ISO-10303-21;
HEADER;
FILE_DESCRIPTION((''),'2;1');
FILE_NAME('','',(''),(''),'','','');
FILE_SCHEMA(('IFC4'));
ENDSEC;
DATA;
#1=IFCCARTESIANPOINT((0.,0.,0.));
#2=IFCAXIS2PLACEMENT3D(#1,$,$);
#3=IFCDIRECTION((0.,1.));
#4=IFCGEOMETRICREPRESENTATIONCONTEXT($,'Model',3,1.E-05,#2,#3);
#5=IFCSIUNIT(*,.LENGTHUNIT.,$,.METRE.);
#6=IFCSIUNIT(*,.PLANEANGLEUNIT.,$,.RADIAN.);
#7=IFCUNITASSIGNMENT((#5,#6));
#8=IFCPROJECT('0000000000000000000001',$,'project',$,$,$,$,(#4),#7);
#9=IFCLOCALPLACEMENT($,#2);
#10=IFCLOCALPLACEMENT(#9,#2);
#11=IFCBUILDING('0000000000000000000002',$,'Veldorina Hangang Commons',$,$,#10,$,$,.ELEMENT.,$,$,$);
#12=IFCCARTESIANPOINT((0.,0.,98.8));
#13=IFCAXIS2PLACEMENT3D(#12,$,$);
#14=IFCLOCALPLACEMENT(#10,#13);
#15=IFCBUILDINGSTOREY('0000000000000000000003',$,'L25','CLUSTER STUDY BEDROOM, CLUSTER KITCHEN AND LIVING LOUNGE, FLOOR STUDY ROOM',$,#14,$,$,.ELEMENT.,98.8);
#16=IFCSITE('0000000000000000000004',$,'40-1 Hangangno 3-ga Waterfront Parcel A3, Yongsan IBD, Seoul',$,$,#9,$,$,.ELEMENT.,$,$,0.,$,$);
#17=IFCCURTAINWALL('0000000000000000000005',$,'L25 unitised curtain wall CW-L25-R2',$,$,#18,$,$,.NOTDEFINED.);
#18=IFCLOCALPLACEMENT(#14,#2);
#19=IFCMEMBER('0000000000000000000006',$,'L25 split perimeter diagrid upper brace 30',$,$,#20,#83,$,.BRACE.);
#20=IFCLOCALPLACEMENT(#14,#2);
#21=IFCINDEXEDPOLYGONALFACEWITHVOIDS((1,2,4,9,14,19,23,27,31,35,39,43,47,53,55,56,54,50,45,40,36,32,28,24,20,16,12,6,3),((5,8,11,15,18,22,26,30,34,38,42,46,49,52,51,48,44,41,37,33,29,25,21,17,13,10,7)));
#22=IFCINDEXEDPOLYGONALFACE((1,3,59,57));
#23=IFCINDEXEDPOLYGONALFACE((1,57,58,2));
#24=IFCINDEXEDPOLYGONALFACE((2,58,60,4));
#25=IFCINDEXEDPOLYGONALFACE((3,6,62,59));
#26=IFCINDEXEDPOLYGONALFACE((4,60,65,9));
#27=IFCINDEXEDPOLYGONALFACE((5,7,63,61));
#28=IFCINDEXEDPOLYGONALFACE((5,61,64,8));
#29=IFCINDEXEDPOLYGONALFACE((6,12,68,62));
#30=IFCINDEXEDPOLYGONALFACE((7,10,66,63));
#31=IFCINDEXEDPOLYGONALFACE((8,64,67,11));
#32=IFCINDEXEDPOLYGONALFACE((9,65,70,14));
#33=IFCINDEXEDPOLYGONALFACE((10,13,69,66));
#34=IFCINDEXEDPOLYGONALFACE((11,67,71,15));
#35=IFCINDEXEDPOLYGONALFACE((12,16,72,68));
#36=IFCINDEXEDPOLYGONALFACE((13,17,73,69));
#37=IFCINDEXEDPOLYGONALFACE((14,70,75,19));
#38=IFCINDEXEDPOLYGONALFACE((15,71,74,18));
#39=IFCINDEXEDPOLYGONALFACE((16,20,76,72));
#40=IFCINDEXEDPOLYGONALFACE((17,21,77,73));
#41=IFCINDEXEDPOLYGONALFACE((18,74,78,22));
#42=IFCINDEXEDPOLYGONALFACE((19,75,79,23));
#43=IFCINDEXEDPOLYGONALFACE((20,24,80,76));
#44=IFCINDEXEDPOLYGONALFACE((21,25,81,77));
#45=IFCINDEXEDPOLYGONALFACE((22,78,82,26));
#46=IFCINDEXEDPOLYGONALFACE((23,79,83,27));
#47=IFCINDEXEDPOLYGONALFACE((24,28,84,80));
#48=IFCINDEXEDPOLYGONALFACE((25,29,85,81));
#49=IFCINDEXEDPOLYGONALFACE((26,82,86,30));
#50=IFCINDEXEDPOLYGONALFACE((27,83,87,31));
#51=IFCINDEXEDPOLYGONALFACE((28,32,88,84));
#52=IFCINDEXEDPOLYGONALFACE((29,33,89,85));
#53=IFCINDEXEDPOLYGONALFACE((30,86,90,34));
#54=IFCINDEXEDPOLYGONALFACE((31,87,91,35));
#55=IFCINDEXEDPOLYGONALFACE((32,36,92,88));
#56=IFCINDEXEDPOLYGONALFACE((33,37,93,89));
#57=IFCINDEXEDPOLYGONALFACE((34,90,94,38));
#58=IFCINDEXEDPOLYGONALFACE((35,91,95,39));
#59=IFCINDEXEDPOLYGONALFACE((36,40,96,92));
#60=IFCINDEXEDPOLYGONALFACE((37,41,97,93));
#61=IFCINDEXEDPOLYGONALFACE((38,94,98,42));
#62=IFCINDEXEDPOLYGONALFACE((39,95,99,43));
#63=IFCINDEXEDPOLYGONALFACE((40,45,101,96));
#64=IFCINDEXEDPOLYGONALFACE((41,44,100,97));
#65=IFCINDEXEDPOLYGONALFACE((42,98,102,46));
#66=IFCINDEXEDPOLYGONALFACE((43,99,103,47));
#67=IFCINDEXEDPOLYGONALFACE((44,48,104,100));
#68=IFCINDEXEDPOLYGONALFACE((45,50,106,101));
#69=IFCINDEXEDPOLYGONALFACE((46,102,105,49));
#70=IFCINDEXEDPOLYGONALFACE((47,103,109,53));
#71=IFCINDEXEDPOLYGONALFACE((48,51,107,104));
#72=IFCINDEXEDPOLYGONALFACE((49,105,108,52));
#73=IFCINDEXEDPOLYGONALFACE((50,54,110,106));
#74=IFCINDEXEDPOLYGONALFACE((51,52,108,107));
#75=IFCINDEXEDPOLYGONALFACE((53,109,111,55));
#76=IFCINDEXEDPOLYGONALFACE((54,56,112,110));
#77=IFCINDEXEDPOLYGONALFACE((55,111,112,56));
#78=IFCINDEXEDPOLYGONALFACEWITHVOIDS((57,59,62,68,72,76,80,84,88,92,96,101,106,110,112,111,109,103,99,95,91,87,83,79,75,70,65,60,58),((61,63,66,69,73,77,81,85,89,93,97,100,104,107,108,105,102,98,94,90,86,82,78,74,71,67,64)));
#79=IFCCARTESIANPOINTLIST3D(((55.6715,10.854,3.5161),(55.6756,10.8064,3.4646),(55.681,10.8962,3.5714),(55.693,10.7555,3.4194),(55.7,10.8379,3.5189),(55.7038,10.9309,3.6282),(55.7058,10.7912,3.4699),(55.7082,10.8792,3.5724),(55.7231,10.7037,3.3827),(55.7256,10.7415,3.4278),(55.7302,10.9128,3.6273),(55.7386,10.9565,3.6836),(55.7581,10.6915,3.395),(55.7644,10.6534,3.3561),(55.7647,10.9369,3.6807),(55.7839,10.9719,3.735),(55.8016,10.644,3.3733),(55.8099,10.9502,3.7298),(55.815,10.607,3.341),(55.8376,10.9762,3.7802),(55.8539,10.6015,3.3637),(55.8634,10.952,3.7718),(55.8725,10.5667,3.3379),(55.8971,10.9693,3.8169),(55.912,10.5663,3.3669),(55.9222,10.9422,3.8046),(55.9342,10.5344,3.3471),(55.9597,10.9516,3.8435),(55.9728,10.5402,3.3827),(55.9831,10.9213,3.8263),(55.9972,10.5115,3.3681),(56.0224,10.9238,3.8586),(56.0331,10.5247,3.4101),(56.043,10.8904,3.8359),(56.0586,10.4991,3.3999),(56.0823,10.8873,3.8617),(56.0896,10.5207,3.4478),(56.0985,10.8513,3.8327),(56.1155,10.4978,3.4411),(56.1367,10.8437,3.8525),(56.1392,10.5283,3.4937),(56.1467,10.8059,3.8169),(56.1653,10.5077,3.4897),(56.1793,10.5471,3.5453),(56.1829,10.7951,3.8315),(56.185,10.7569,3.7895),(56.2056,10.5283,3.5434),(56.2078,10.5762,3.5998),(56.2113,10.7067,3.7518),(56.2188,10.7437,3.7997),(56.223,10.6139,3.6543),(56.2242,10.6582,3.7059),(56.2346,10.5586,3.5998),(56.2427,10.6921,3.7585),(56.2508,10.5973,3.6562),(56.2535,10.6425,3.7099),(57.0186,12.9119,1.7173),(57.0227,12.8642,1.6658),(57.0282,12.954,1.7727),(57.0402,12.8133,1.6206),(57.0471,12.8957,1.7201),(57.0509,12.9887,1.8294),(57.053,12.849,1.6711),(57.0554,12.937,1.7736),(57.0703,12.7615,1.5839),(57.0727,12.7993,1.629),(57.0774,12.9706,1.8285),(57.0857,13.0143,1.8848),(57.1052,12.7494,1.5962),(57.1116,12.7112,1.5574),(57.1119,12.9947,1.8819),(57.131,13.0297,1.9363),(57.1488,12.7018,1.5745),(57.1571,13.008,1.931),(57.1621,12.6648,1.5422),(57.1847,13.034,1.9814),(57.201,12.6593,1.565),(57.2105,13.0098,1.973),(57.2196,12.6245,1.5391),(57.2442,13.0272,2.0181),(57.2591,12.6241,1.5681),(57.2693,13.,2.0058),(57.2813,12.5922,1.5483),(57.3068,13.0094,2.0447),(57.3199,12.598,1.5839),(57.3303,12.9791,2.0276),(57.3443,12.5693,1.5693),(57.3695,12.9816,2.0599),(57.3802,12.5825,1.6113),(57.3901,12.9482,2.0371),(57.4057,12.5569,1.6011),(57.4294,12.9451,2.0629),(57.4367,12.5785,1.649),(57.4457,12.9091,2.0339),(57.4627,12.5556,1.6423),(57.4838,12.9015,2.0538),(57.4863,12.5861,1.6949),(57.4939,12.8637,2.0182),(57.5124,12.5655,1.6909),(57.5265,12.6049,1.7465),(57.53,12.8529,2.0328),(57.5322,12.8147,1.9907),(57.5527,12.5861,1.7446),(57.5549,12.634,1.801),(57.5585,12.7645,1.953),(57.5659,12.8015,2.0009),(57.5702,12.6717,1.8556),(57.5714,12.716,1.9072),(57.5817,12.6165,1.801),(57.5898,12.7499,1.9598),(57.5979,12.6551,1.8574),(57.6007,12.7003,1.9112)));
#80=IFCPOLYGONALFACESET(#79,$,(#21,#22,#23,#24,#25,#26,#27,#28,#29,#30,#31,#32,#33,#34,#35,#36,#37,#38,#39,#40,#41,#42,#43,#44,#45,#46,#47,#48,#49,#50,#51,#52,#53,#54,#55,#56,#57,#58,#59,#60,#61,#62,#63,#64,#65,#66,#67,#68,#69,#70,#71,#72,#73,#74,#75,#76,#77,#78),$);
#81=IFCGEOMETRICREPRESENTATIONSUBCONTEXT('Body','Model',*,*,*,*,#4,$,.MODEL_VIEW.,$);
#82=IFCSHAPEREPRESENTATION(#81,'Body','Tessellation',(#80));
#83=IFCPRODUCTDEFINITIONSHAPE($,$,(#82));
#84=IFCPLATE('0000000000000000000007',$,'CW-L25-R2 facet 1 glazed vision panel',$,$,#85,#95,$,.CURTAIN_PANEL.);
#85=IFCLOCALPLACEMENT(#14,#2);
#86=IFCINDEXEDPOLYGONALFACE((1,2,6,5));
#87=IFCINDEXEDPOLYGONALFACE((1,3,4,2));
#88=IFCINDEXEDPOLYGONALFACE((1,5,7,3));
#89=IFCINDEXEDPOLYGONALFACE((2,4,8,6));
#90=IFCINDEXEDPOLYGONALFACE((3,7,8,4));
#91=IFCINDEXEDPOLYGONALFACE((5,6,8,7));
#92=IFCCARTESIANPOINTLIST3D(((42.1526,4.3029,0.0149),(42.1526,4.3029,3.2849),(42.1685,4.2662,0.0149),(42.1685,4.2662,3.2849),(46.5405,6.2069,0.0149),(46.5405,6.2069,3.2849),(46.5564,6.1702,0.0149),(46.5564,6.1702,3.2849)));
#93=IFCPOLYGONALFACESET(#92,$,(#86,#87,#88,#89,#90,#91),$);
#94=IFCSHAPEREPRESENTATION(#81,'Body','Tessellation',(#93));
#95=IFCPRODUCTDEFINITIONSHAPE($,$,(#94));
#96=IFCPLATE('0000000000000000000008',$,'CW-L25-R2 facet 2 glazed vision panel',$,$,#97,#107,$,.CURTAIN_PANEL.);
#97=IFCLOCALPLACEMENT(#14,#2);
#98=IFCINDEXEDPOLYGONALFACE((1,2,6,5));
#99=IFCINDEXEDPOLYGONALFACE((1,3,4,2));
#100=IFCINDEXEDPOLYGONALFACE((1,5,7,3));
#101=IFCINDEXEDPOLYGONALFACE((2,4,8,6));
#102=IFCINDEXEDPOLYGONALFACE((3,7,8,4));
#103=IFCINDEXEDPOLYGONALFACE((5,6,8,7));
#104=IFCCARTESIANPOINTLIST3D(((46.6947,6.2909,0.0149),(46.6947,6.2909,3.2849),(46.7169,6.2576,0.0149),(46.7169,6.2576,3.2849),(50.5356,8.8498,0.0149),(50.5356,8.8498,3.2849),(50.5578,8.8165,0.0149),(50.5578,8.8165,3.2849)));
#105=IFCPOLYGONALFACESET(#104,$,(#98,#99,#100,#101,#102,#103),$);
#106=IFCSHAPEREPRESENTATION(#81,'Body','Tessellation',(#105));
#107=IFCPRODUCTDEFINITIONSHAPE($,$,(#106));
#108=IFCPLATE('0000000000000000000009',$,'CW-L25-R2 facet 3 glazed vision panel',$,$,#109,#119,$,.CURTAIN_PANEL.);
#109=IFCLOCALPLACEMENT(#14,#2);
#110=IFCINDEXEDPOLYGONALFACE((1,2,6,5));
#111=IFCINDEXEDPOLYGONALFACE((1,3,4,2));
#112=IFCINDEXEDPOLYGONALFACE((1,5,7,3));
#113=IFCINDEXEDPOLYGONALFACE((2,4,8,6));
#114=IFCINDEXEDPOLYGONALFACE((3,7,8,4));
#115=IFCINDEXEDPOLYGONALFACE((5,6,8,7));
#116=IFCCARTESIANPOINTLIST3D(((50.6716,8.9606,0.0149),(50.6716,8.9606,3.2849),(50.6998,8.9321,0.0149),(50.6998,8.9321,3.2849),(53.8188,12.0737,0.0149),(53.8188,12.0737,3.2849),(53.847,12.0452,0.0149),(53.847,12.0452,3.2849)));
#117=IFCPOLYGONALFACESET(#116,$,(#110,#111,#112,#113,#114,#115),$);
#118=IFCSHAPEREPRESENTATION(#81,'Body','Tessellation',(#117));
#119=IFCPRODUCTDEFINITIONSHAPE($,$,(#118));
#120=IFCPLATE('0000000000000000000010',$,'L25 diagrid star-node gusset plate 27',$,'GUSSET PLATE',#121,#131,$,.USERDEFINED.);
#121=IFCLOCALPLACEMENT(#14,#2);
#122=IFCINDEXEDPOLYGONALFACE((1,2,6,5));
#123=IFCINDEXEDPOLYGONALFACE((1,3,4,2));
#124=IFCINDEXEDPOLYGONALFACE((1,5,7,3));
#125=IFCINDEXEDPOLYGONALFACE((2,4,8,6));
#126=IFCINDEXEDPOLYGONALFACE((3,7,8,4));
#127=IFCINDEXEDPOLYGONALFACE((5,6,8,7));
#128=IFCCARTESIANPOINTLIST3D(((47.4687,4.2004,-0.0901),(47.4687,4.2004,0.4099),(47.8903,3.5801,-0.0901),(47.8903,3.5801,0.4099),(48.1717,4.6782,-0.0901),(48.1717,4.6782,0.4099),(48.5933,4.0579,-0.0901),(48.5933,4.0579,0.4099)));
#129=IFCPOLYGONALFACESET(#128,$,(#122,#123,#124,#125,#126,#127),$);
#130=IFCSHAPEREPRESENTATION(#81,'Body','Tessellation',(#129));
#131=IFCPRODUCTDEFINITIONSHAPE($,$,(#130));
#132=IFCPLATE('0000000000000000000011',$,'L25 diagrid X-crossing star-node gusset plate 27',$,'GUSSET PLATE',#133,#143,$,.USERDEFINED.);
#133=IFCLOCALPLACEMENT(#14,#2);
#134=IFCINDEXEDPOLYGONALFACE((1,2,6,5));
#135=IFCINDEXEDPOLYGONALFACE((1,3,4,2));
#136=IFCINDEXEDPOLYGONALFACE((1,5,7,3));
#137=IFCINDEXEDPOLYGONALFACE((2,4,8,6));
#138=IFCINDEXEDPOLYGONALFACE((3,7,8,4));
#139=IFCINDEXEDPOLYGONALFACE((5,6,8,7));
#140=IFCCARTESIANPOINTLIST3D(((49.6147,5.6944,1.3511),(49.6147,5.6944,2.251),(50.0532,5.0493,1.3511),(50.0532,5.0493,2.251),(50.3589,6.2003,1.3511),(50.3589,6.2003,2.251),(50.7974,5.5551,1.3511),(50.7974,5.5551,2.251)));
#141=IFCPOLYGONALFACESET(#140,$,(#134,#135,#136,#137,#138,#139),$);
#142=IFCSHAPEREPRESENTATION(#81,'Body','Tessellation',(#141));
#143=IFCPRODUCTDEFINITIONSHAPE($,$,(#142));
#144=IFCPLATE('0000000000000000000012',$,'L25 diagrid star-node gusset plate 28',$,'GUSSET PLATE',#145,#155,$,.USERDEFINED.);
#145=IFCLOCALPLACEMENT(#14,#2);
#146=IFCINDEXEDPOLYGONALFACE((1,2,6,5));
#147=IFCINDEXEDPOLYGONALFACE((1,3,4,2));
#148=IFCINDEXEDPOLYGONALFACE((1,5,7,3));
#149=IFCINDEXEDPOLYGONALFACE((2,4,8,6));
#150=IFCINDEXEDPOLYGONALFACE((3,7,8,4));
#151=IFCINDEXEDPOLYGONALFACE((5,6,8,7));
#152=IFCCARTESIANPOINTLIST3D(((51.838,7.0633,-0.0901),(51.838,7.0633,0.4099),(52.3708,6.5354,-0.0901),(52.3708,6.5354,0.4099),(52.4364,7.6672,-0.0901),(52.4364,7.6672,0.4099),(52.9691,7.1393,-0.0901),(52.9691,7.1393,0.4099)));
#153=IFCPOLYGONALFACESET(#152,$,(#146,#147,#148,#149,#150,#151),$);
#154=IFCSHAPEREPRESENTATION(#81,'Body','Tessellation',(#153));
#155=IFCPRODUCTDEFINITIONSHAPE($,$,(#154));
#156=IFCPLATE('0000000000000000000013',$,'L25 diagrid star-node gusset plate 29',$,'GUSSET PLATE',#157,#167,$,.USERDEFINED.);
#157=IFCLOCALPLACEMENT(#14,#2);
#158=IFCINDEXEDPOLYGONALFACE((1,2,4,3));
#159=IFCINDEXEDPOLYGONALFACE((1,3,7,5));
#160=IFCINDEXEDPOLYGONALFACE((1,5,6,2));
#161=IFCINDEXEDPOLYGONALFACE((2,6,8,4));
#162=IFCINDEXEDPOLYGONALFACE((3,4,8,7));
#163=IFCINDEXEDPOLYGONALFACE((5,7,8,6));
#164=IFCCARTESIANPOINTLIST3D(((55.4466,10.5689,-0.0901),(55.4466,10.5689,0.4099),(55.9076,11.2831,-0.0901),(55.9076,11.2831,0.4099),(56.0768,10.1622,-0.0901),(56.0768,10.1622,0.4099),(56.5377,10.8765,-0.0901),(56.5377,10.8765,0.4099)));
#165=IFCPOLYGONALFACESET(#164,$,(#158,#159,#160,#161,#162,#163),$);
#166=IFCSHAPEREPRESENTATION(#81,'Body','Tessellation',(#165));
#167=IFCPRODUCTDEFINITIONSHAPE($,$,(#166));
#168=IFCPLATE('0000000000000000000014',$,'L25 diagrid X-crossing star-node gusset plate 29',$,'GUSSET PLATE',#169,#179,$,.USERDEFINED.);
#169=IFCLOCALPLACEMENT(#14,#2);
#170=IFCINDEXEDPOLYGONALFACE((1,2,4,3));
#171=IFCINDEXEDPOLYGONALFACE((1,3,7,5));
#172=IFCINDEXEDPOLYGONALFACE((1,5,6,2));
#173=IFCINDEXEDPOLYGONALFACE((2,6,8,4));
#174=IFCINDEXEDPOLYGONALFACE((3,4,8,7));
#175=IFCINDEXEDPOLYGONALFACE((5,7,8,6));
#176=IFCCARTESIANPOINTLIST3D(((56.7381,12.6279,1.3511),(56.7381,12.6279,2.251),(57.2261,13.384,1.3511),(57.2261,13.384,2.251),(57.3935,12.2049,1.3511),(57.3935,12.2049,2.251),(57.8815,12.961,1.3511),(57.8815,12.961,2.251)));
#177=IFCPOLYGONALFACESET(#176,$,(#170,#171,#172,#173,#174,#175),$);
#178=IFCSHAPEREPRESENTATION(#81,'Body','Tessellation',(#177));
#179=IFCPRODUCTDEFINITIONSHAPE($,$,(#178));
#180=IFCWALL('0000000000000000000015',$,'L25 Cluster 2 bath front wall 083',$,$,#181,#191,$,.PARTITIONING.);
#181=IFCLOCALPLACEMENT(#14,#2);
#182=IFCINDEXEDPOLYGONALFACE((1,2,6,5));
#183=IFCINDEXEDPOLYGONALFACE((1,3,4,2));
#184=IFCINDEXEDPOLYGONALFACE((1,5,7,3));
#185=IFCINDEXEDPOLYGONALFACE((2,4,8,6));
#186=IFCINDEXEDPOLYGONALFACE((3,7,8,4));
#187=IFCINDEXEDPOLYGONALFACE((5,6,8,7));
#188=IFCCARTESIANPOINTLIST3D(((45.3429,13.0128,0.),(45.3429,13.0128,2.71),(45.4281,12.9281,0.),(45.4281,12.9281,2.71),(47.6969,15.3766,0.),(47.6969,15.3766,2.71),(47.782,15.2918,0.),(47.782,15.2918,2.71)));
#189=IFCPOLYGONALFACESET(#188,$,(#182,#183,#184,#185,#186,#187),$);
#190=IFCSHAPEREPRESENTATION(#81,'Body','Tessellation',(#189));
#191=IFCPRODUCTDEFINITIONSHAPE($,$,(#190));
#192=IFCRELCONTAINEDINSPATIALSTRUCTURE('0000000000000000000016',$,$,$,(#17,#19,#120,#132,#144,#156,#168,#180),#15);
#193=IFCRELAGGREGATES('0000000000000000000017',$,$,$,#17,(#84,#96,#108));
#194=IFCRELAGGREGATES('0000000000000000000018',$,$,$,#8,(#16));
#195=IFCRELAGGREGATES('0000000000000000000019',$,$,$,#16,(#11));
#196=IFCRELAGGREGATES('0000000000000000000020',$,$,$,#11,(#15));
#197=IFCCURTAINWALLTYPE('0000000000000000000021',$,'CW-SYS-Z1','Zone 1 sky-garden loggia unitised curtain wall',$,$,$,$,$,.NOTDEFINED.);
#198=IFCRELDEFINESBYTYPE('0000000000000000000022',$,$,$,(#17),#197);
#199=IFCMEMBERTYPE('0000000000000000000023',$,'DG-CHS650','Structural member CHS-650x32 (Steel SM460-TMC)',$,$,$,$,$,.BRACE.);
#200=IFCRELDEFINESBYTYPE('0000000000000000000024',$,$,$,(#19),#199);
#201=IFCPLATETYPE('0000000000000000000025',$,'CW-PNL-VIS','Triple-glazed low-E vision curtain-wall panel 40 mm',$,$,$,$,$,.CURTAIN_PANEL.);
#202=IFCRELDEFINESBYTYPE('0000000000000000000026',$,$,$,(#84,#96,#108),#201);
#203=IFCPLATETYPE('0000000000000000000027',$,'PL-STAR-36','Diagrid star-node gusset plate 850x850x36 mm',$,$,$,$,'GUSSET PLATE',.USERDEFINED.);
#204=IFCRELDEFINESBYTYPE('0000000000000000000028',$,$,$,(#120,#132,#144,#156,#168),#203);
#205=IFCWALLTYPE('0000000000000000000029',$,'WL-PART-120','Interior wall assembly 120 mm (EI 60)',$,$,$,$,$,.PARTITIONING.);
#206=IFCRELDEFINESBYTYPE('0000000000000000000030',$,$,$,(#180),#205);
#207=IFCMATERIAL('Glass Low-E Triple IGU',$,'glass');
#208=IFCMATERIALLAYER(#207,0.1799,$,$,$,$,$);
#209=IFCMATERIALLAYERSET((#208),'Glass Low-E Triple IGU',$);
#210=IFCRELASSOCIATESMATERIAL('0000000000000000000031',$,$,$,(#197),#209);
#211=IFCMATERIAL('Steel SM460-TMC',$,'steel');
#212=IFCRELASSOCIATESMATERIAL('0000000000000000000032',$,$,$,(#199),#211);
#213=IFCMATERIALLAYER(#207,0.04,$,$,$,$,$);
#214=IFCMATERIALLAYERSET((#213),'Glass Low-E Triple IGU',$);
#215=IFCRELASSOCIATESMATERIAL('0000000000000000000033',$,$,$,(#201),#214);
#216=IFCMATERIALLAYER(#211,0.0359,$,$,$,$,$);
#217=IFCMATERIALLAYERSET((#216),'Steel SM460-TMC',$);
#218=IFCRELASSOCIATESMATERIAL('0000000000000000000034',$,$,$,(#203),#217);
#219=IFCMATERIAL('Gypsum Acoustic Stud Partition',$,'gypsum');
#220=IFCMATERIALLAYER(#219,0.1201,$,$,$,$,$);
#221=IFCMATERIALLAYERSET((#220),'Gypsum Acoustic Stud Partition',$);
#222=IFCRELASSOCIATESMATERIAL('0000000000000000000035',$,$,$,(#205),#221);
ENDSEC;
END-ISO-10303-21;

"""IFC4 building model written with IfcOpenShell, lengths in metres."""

from ifc_helpers import new_model, si_unit, direction, frame, frame_2d, origin, origin_2d, place, context, subcontext, project, spatial, rectangle, hollow_circle, extrude, material, layer, layer_set, material_profile, profile_set, type_object, element, aggregate, save


model = new_model("IFC4")

# Units and contexts
model_context = context("Model", 3, precision=1e-05, world=origin(), true_north=direction((0.0, 1.0)))
body_context = subcontext(model_context, "Body", "Model", "MODEL_VIEW")
ifc_project = project(units=[si_unit("LENGTHUNIT", "METRE"), si_unit("PLANEANGLEUNIT", "RADIAN")], contexts=[model_context])

# Site, building, storey
site_placement = place(None, origin())
site = spatial("IfcSite", under=ifc_project, at=site_placement, Name="40-1 Hangangno 3-ga Waterfront Parcel A3, Yongsan IBD, Seoul", CompositionType="ELEMENT", RefElevation=0.0)
building_placement = place(site_placement, origin())
building = spatial("IfcBuilding", under=site, at=building_placement, Name="Veldorina Hangang Commons", CompositionType="ELEMENT")
storey_placement = place(building_placement, frame((0.0, 0.0, 98.8)))
storey = spatial("IfcBuildingStorey", under=building, at=storey_placement, Name="L25", Description="CLUSTER STUDY BEDROOM, CLUSTER KITCHEN AND LIVING LOUNGE, FLOOR STUDY ROOM", CompositionType="ELEMENT", Elevation=98.8)

# Curtain wall
ifc_material_1 = material(Name="Glass Low-E Triple IGU", Category="glass")
ifc_layer_1 = layer(ifc_material_1, 0.1799)
ifc_layer_set_1 = layer_set([ifc_layer_1], Name="Glass Low-E Triple IGU")
curtain_wall_type = type_object("IfcCurtainWallType", Name="CW-SYS-Z1", Description="Zone 1 sky-garden loggia unitised curtain wall", PredefinedType="NOTDEFINED", material=ifc_layer_set_1)
curtain_wall_placement = place(storey_placement, origin())
curtain_wall = element("IfcCurtainWall", 1, at=curtain_wall_placement, inside=storey, type_object=curtain_wall_type, Name="L25 unitised curtain wall CW-L25-R2", PredefinedType="NOTDEFINED")

# Member
ifc_material_2 = material(Name="Steel SM460-TMC", Category="steel")
ifc_material_profile_1 = material_profile(ifc_material_2, hollow_circle(Radius=0.325, WallThickness=0.032, at=origin_2d()), Name="CHS-650x32")
ifc_profile_set_1 = profile_set([ifc_material_profile_1], Name="Steel SM460-TMC")
member_type_1 = type_object("IfcMemberType", Name="DG-CHS650", Description="Structural member CHS-650x32 (Steel SM460-TMC)", PredefinedType="BRACE", material=ifc_profile_set_1)
member_1_placement = place(storey_placement, frame((57.3098, 12.7944, 1.801), z_axis=(-0.4421, -0.675328, 0.590321), x_axis=(0.836663, -0.547717, 0.0)))
element("IfcMember", 2, at=member_1_placement, inside=storey, type_object=member_type_1, Name="L25 split perimeter diagrid upper brace 30", PredefinedType="BRACE", context=body_context, shape_type="SweptSolid", body=[
    extrude(hollow_circle(Radius=0.325, WallThickness=0.032, at=origin_2d()), origin(), (0.0, 0.0, 1.0), 3.0471),
])

# Plates
ifc_layer_2 = layer(ifc_material_1, 0.04)
ifc_layer_set_2 = layer_set([ifc_layer_2], Name="Glass Low-E Triple IGU")
plate_type_1 = type_object("IfcPlateType", Name="CW-PNL-VIS", Description="Triple-glazed low-E vision curtain-wall panel 40 mm", PredefinedType="CURTAIN_PANEL", material=ifc_layer_set_2)
plate_1_placement = place(storey_placement, frame((44.3545, 5.2366, 0.0149), z_axis=(0.0, 0.0, 1.0), x_axis=(0.917359, 0.398061, 0.0)))
plate_1 = element("IfcPlate", 3, at=plate_1_placement, type_object=plate_type_1, Name="CW-L25-R2 facet 1 glazed vision panel", PredefinedType="CURTAIN_PANEL", context=body_context, shape_type="SweptSolid", body=[
    extrude(rectangle(XDim=4.7832, YDim=0.04, at=origin_2d()), origin(), (0.0, 0.0, 1.0), 3.27),
])
plate_2_placement = place(storey_placement, frame((48.6262, 7.5537, 0.0149), z_axis=(0.0, 0.0, 1.0), x_axis=(0.832225, 0.554438, 0.0)))
plate_2 = element("IfcPlate", 4, at=plate_2_placement, type_object=plate_type_1, Name="CW-L25-R2 facet 2 glazed vision panel", PredefinedType="CURTAIN_PANEL", context=body_context, shape_type="SweptSolid", body=[
    extrude(rectangle(XDim=4.6152, YDim=0.04, at=origin_2d()), origin(), (0.0, 0.0, 1.0), 3.27),
])
plate_3_placement = place(storey_placement, frame((52.2593, 10.5029, 0.0149), z_axis=(0.0, 0.0, 1.0), x_axis=(0.710947, 0.703246, 0.0)))
plate_3 = element("IfcPlate", 5, at=plate_3_placement, type_object=plate_type_1, Name="CW-L25-R2 facet 3 glazed vision panel", PredefinedType="CURTAIN_PANEL", context=body_context, shape_type="SweptSolid", body=[
    extrude(rectangle(XDim=4.4268, YDim=0.04, at=origin_2d()), origin(), (0.0, 0.0, 1.0), 3.27),
])
aggregate(curtain_wall, [plate_1, plate_2, plate_3])

# Plates
ifc_layer_3 = layer(ifc_material_2, 0.0359)
ifc_layer_set_3 = layer_set([ifc_layer_3], Name="Steel SM460-TMC")
plate_type_2 = type_object("IfcPlateType", Name="PL-STAR-36", Description="Diagrid star-node gusset plate 850x850x36 mm", ElementType="GUSSET PLATE", PredefinedType="USERDEFINED", material=ifc_layer_set_3)
plate_4_placement = place(storey_placement, frame((48.031, 4.1292, -0.0901), z_axis=(0.0, 0.0, 1.0), x_axis=(0.827041, 0.562141, 0.0)))
element("IfcPlate", 6, at=plate_4_placement, inside=storey, type_object=plate_type_2, Name="L25 diagrid star-node gusset plate 27", ObjectType="GUSSET PLATE", PredefinedType="USERDEFINED", context=body_context, shape_type="SweptSolid", body=[
    extrude(rectangle(XDim=0.8501, YDim=0.75, at=origin_2d()), origin(), (0.0, 0.0, 1.0), 0.5),
])
plate_5_placement = place(storey_placement, frame((50.2061, 5.6248, 1.3511), z_axis=(0.0, 0.0, 1.0), x_axis=(0.827041, 0.562141, 0.0)))
element("IfcPlate", 7, at=plate_5_placement, inside=storey, type_object=plate_type_2, Name="L25 diagrid X-crossing star-node gusset plate 27", ObjectType="GUSSET PLATE", PredefinedType="USERDEFINED", context=body_context, shape_type="SweptSolid", body=[
    extrude(rectangle(XDim=0.8999, YDim=0.78, at=origin_2d()), origin(), (0.0, 0.0, 1.0), 0.8999),
])
for number, where, z_axis, x_axis, name in (
    (8, (52.4036, 7.1013, -0.0901), (0.0, 0.0, 1.0), (0.703866, 0.710333, 0.0), "L25 diagrid star-node gusset plate 28"),
    (9, (55.9922, 10.7227, -0.0901), (0.0, 0.0, 1.0), (0.542236, 0.840226, 0.0), "L25 diagrid star-node gusset plate 29"),
):
    element("IfcPlate", number, at=place(storey_placement, frame(where, z_axis=z_axis, x_axis=x_axis)), inside=storey, type_object=plate_type_2, Name=name, ObjectType="GUSSET PLATE", PredefinedType="USERDEFINED", context=body_context, shape_type="SweptSolid", body=[
        extrude(rectangle(XDim=0.8501, YDim=0.75, at=origin_2d()), origin(), (0.0, 0.0, 1.0), 0.5),
    ])
plate_6_placement = place(storey_placement, frame((57.3098, 12.7944, 1.3511), z_axis=(0.0, 0.0, 1.0), x_axis=(0.542236, 0.840226, 0.0)))
element("IfcPlate", 10, at=plate_6_placement, inside=storey, type_object=plate_type_2, Name="L25 diagrid X-crossing star-node gusset plate 29", ObjectType="GUSSET PLATE", PredefinedType="USERDEFINED", context=body_context, shape_type="SweptSolid", body=[
    extrude(rectangle(XDim=0.8999, YDim=0.78, at=origin_2d()), origin(), (0.0, 0.0, 1.0), 0.8999),
])

# Wall
ifc_material_3 = material(Name="Gypsum Acoustic Stud Partition", Category="gypsum")
ifc_layer_4 = layer(ifc_material_3, 0.1201)
ifc_layer_set_4 = layer_set([ifc_layer_4], Name="Gypsum Acoustic Stud Partition")
wall_type = type_object("IfcWallType", Name="WL-PART-120", Description="Interior wall assembly 120 mm (EI 60)", PredefinedType="PARTITIONING", material=ifc_layer_set_4)
wall_1_placement = place(storey_placement, frame((45.3855, 12.9705, 0.0), z_axis=(0.0, 0.0, 1.0), x_axis=(0.705642, 0.708569, 0.0)))
element("IfcWall", 11, at=wall_1_placement, inside=storey, type_object=wall_type, Name="L25 Cluster 2 bath front wall 083", PredefinedType="PARTITIONING", context=body_context, shape_type="SweptSolid", body=[
    extrude(rectangle(XDim=3.3359, YDim=0.1201, at=frame_2d((1.668, 0.0))), origin(), (0.0, 0.0, 1.0), 2.71),
])

save(model, "model.ifc")
